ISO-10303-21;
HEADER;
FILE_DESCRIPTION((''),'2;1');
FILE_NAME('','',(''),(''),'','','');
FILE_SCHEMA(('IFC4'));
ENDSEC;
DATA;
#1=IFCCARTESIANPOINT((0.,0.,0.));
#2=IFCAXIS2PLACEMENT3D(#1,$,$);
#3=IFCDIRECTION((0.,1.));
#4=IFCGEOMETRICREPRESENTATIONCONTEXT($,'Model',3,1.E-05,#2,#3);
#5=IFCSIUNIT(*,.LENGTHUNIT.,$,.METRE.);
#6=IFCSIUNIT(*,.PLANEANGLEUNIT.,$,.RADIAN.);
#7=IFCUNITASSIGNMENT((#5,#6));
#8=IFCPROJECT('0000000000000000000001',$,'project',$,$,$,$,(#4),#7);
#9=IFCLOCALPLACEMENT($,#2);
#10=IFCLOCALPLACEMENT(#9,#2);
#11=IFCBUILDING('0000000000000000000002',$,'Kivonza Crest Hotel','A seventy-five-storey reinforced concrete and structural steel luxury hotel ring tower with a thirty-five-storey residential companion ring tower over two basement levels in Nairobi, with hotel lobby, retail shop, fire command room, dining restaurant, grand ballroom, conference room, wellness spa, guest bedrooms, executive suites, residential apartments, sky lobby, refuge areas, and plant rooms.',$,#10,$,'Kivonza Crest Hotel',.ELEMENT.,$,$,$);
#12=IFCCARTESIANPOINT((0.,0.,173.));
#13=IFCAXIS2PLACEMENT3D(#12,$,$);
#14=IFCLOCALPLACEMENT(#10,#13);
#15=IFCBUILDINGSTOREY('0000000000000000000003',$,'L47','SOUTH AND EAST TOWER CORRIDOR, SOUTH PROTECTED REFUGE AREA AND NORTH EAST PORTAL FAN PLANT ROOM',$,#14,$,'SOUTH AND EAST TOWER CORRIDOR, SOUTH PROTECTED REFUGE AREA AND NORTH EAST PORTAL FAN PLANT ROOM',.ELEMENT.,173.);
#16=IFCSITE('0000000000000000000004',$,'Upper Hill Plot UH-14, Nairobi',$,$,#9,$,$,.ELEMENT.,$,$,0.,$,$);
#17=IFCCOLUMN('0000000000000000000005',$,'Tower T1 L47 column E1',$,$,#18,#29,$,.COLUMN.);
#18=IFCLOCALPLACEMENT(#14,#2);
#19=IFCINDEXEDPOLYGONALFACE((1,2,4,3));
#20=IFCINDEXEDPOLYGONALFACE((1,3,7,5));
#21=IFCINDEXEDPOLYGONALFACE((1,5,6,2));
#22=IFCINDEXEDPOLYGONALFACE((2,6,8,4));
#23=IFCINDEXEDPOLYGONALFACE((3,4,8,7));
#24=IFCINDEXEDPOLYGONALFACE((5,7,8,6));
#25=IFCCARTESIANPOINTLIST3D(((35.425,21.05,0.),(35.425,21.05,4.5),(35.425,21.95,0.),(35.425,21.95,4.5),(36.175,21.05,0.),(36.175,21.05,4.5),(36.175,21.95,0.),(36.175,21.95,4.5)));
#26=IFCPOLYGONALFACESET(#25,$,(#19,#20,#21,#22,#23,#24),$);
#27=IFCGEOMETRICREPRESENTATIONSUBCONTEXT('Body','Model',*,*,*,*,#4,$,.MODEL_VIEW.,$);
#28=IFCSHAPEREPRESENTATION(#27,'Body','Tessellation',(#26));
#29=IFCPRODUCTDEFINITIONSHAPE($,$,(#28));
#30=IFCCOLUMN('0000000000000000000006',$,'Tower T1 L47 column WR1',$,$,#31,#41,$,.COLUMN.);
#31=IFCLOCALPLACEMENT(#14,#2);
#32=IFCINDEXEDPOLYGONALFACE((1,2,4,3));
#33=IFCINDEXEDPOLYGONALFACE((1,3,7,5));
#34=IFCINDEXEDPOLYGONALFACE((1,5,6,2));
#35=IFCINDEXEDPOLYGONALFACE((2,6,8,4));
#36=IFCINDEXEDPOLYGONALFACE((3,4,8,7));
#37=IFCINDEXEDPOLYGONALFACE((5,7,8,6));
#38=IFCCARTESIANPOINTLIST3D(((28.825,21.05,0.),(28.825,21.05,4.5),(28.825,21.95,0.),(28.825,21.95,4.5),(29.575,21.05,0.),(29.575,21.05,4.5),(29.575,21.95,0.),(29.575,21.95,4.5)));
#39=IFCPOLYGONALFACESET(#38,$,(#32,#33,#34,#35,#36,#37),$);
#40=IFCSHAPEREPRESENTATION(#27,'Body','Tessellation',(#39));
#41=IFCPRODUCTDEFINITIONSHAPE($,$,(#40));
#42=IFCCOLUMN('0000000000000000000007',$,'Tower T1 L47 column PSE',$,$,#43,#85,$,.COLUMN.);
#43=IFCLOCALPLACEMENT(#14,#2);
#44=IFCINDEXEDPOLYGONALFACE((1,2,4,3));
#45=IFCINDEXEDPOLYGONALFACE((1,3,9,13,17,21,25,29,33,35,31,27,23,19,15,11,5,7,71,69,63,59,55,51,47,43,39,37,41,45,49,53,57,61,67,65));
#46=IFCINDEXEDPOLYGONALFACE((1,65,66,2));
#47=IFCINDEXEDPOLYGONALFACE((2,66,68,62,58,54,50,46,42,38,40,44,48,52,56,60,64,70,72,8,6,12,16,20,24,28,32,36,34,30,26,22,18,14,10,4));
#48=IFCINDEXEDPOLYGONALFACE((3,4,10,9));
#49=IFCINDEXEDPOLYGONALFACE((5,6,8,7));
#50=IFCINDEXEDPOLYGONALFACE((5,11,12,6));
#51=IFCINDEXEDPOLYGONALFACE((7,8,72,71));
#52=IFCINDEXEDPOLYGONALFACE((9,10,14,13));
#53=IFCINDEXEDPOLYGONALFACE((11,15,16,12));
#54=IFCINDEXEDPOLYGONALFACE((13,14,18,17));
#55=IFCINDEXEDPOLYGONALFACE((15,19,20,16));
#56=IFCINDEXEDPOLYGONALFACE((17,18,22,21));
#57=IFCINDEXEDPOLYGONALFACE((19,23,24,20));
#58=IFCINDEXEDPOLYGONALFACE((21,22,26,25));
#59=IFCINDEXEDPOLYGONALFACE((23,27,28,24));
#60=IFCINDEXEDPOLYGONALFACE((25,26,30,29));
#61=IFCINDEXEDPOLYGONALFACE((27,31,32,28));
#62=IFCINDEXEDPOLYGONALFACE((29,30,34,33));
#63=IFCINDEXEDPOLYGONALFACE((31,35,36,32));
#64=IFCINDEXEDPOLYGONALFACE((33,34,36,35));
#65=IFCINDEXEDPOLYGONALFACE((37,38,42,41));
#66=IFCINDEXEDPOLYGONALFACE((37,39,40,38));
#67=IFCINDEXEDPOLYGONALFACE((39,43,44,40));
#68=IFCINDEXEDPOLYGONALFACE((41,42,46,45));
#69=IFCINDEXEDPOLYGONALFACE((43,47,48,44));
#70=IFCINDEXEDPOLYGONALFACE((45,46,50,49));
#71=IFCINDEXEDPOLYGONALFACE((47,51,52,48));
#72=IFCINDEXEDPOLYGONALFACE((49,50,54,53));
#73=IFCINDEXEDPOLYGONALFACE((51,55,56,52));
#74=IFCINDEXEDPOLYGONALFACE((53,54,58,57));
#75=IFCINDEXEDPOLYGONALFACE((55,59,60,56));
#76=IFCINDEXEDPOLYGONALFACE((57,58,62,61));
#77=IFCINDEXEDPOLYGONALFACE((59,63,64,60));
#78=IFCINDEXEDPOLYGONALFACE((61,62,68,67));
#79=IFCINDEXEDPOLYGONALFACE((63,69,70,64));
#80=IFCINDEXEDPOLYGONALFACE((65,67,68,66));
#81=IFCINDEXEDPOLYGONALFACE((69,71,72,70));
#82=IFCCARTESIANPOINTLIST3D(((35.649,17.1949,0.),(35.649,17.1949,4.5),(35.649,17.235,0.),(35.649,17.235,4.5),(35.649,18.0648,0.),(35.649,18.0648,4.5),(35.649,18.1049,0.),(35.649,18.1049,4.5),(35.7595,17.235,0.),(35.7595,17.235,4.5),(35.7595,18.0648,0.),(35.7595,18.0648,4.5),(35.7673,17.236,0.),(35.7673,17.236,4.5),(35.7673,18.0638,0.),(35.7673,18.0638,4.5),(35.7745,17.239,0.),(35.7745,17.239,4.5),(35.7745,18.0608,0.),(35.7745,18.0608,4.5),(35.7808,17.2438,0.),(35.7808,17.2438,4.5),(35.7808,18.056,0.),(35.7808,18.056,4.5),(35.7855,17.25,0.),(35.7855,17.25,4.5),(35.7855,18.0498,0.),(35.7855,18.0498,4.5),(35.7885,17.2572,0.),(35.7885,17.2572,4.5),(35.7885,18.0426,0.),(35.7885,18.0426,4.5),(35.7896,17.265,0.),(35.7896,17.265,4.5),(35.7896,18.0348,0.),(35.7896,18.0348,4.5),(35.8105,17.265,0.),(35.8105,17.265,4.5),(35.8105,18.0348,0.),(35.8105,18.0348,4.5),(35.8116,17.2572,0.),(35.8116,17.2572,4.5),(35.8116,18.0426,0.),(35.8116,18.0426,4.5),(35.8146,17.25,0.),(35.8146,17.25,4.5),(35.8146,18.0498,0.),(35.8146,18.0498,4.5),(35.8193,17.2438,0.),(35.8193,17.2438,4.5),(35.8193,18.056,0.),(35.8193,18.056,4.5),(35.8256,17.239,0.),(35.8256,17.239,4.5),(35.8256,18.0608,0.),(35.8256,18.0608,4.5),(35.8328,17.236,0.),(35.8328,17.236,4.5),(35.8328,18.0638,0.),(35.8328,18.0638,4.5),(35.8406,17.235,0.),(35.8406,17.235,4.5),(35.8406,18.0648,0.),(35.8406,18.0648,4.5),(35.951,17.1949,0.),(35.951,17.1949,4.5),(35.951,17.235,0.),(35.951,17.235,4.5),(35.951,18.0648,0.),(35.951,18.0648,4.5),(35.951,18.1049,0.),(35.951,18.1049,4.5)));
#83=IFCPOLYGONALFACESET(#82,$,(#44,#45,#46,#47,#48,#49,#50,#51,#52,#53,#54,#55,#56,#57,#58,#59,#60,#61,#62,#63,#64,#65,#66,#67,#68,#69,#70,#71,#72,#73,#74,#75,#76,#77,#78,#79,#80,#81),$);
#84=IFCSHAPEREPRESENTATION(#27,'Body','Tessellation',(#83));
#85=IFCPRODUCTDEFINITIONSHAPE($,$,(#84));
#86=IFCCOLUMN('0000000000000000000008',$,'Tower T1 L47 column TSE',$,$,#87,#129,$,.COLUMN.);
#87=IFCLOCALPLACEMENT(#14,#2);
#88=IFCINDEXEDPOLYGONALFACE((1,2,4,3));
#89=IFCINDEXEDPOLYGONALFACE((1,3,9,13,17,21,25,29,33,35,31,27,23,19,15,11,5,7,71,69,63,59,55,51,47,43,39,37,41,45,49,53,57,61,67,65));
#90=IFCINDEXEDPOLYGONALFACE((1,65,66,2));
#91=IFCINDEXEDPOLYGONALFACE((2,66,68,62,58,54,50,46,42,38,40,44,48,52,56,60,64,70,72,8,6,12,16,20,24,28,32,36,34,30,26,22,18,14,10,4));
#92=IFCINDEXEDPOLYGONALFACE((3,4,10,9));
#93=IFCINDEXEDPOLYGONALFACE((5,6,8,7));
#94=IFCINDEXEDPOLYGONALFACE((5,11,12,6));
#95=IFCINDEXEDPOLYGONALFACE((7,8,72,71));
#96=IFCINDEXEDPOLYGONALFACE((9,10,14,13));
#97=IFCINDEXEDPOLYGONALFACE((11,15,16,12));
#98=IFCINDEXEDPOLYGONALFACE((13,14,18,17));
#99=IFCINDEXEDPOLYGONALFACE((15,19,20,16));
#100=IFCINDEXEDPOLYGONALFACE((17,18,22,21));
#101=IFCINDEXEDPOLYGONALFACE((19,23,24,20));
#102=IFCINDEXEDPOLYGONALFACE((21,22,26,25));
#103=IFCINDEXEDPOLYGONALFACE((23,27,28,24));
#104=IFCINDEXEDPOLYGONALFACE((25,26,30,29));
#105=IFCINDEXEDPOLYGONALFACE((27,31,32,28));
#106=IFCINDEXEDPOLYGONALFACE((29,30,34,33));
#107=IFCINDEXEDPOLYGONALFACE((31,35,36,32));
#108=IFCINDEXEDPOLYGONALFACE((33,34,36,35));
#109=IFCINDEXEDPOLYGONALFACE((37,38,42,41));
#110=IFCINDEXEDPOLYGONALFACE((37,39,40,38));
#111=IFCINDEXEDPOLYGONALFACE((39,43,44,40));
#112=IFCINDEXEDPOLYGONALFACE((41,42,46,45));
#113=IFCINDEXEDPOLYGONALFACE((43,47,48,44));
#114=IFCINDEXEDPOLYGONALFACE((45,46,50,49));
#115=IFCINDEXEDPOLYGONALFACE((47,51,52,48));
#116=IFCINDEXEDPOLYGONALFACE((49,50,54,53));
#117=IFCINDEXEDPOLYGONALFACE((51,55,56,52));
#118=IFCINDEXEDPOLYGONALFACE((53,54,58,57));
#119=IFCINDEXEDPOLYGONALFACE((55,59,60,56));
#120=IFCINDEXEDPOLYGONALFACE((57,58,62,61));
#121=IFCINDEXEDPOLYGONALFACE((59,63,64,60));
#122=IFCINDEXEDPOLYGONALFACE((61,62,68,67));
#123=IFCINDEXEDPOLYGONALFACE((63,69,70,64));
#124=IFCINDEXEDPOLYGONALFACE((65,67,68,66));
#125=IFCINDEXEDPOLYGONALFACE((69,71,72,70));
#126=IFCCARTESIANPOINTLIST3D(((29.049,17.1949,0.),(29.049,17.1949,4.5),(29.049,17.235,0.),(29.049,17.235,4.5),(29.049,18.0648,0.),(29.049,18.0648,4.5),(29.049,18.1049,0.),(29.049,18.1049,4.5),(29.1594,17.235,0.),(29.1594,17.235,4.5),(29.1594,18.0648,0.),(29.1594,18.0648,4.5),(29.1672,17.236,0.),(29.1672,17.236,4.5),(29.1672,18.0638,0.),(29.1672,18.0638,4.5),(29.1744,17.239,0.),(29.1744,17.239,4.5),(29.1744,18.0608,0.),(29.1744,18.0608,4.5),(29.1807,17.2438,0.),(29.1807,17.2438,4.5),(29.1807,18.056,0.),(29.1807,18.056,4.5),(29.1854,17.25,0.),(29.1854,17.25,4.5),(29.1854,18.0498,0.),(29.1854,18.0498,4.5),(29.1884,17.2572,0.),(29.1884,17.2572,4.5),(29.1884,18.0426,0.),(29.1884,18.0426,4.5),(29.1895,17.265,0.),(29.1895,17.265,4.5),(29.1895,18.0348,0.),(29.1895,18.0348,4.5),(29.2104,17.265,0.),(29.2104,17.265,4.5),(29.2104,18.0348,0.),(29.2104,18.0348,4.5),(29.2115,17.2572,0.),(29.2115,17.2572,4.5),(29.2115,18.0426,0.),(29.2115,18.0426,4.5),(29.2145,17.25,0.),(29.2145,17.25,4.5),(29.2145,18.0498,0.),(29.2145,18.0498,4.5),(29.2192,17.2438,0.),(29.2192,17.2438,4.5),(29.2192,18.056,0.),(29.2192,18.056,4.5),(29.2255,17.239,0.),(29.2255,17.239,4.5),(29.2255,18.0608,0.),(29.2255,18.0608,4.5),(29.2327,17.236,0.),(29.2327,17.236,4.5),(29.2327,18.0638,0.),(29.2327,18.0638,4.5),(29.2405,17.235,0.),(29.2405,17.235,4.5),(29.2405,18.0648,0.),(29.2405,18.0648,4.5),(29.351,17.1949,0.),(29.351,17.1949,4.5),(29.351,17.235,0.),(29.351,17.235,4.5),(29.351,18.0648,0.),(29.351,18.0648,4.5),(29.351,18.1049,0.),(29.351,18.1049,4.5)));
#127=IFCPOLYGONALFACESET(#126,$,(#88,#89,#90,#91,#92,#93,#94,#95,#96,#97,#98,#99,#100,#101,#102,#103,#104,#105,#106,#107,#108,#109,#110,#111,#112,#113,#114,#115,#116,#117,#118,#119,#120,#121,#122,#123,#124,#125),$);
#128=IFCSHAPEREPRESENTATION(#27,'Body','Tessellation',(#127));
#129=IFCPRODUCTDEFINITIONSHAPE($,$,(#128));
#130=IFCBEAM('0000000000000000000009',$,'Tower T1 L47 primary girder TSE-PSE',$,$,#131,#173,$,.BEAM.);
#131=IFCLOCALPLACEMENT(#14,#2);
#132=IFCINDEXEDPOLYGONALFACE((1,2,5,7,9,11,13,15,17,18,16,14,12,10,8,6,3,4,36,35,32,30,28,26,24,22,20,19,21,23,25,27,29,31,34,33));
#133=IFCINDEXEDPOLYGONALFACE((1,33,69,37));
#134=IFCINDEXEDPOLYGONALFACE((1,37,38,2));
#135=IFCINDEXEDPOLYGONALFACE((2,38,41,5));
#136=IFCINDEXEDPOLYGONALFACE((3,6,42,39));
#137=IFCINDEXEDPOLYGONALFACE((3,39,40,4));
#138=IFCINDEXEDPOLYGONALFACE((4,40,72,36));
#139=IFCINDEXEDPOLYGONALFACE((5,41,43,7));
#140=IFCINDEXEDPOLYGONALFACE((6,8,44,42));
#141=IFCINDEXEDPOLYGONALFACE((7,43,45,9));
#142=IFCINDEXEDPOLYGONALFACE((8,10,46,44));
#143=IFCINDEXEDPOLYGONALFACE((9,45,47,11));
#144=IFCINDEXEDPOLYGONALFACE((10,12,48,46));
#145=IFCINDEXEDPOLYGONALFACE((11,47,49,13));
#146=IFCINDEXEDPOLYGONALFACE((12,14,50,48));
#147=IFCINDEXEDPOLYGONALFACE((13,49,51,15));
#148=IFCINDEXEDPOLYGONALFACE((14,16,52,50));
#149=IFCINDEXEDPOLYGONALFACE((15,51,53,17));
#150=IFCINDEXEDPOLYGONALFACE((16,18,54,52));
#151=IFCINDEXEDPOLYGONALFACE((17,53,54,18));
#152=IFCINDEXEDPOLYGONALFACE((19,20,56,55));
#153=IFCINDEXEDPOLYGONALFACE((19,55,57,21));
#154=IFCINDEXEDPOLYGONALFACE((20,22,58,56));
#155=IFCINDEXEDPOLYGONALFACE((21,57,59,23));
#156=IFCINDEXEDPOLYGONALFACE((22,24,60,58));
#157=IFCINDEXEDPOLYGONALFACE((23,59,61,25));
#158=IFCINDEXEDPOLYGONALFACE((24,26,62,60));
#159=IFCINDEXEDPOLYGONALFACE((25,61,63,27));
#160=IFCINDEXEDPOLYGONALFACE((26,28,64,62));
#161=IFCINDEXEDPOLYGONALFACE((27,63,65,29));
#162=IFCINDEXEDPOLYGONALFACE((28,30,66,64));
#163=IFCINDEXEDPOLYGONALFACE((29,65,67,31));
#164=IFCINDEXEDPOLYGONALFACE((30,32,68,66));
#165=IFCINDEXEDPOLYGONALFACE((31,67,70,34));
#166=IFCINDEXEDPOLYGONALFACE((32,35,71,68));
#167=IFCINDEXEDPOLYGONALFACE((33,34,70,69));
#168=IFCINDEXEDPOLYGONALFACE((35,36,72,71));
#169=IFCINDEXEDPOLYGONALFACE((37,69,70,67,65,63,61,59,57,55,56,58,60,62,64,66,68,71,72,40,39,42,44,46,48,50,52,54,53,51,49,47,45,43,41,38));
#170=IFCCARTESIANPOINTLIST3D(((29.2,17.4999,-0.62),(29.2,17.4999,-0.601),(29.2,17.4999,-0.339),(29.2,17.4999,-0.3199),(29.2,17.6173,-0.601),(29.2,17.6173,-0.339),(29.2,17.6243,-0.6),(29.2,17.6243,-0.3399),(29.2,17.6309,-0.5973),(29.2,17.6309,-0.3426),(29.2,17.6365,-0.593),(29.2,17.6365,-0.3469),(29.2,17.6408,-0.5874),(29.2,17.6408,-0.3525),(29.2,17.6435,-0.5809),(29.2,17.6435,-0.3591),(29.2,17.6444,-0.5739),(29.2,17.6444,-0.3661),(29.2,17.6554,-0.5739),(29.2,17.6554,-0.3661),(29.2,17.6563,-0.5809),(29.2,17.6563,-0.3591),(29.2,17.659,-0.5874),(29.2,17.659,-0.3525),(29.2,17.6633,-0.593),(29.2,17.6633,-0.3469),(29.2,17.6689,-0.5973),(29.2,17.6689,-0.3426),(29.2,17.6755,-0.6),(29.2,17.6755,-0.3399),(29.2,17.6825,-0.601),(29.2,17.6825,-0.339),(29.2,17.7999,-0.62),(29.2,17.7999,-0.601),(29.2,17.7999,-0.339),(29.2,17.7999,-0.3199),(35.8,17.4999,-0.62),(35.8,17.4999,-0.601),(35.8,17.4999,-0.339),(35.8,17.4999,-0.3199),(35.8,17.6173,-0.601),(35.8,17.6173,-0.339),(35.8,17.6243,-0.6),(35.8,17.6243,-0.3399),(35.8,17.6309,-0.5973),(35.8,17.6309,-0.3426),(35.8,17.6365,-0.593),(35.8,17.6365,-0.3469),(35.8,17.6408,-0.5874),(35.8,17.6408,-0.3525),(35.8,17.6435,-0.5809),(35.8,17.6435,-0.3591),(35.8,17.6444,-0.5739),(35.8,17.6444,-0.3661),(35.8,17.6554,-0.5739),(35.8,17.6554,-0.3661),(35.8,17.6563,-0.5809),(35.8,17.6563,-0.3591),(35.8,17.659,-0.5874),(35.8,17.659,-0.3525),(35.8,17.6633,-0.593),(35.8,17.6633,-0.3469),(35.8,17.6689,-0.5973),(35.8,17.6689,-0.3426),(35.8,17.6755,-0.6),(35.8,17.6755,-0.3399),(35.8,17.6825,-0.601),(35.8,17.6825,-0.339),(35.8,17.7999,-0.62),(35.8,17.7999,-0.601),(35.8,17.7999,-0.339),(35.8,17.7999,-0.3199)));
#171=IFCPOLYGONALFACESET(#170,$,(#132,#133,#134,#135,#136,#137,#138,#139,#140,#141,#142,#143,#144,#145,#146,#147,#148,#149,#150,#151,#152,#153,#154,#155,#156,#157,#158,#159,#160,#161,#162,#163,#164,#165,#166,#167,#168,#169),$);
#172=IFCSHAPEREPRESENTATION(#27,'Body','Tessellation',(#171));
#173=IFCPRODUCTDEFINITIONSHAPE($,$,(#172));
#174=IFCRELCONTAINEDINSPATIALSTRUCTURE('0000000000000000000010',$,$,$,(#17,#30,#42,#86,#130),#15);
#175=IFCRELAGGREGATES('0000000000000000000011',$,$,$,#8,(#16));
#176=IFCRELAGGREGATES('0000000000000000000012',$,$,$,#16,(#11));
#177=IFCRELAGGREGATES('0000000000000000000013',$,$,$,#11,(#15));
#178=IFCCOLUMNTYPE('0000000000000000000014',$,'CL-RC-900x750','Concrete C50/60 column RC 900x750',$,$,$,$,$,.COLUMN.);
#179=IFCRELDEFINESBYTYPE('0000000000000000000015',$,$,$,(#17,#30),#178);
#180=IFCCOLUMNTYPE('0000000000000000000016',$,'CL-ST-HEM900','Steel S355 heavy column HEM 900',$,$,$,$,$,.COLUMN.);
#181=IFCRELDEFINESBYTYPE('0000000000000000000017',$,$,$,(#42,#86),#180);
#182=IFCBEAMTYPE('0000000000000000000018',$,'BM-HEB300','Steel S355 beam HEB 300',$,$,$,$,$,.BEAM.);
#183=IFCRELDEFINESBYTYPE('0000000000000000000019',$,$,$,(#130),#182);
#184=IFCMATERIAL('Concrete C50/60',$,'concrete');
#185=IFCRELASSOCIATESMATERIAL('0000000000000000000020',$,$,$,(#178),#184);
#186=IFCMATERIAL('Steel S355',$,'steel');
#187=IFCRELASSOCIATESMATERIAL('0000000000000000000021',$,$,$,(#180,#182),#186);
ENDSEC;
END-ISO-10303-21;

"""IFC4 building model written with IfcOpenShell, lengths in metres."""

from ifc_helpers import new_model, si_unit, direction, frame, origin, origin_2d, place, context, subcontext, project, spatial, rectangle, i_section, extrude, material, material_profile, profile_set, type_object, element, save


model = new_model("IFC4")

# Units and contexts
model_context = context("Model", 3, precision=1e-05, world=origin(), true_north=direction((0.0, 1.0)))
body_context = subcontext(model_context, "Body", "Model", "MODEL_VIEW")
ifc_project = project(units=[si_unit("LENGTHUNIT", "METRE"), si_unit("PLANEANGLEUNIT", "RADIAN")], contexts=[model_context])

# Site, building, storey
site_placement = place(None, origin())
site = spatial("IfcSite", under=ifc_project, at=site_placement, Name="Upper Hill Plot UH-14, Nairobi", CompositionType="ELEMENT", RefElevation=0.0)
building_placement = place(site_placement, origin())
building = spatial("IfcBuilding", under=site, at=building_placement, Name="Kivonza Crest Hotel", Description="A seventy-five-storey reinforced concrete and structural steel luxury hotel ring tower with a thirty-five-storey residential companion ring tower over two basement levels in Nairobi, with hotel lobby, retail shop, fire command room, dining restaurant, grand ballroom, conference room, wellness spa, guest bedrooms, executive suites, residential apartments, sky lobby, refuge areas, and plant rooms.", LongName="Kivonza Crest Hotel", CompositionType="ELEMENT")
storey_placement = place(building_placement, frame((0.0, 0.0, 173.0)))
storey = spatial("IfcBuildingStorey", under=building, at=storey_placement, Name="L47", Description="SOUTH AND EAST TOWER CORRIDOR, SOUTH PROTECTED REFUGE AREA AND NORTH EAST PORTAL FAN PLANT ROOM", LongName="SOUTH AND EAST TOWER CORRIDOR, SOUTH PROTECTED REFUGE AREA AND NORTH EAST PORTAL FAN PLANT ROOM", CompositionType="ELEMENT", Elevation=173.0)

# Columns
ifc_material_1 = material(Name="Concrete C50/60", Category="concrete")
ifc_material_profile_1 = material_profile(ifc_material_1, rectangle(XDim=0.75, YDim=0.8999, at=origin_2d()), Name="RC 900x750")
ifc_profile_set_1 = profile_set([ifc_material_profile_1], Name="Concrete C50/60")
column_type_1 = type_object("IfcColumnType", Name="CL-RC-900x750", Description="Concrete C50/60 column RC 900x750", PredefinedType="COLUMN", material=ifc_profile_set_1)
for number, where, z_axis, x_axis, name in (
    (1, (35.8, 21.5, 0.0), (0.0, 0.0, 1.0), (1.0, 0.0, 0.0), "Tower T1 L47 column E1"),
    (2, (29.2, 21.5, 0.0), (0.0, 0.0, 1.0), (1.0, 0.0, 0.0), "Tower T1 L47 column WR1"),
):
    element("IfcColumn", number, at=place(storey_placement, frame(where, z_axis=z_axis, x_axis=x_axis)), inside=storey, type_object=column_type_1, Name=name, PredefinedType="COLUMN", context=body_context, shape_type="SweptSolid", body=[
        extrude(rectangle(XDim=0.75, YDim=0.8999, at=origin_2d()), origin(), (0.0, 0.0, 1.0), 4.5),
    ])
ifc_material_2 = material(Name="Steel S355", Category="steel")
ifc_material_profile_2 = material_profile(ifc_material_2, i_section(OverallWidth=0.302, OverallDepth=0.9099, WebThickness=0.021, FlangeThickness=0.04, FilletRadius=0.03, at=origin_2d()), Name="HEM 900")
ifc_profile_set_2 = profile_set([ifc_material_profile_2], Name="Steel S355")
column_type_2 = type_object("IfcColumnType", Name="CL-ST-HEM900", Description="Steel S355 heavy column HEM 900", PredefinedType="COLUMN", material=ifc_profile_set_2)
for number, where, z_axis, x_axis, name in (
    (3, (35.8, 17.6499, 0.0), (0.0, 0.0, 1.0), (1.0, 0.0, 0.0), "Tower T1 L47 column PSE"),
    (4, (29.2, 17.6499, 0.0), (0.0, 0.0, 1.0), (1.0, 0.0, 0.0), "Tower T1 L47 column TSE"),
):
    element("IfcColumn", number, at=place(storey_placement, frame(where, z_axis=z_axis, x_axis=x_axis)), inside=storey, type_object=column_type_2, Name=name, PredefinedType="COLUMN", context=body_context, shape_type="SweptSolid", body=[
        extrude(i_section(OverallWidth=0.302, OverallDepth=0.9099, WebThickness=0.021, FlangeThickness=0.04, FilletRadius=0.03, at=origin_2d()), origin(), (0.0, 0.0, 1.0), 4.5),
    ])

# Beam
ifc_material_profile_3 = material_profile(ifc_material_2, i_section(OverallWidth=0.3, OverallDepth=0.3, WebThickness=0.011, FlangeThickness=0.019, FilletRadius=0.0271, at=origin_2d()), Name="HEB 300")
ifc_profile_set_3 = profile_set([ifc_material_profile_3], Name="Steel S355")
beam_type_1 = type_object("IfcBeamType", Name="BM-HEB300", Description="Steel S355 beam HEB 300", PredefinedType="BEAM", material=ifc_profile_set_3)
beam_1_placement = place(storey_placement, frame((29.2, 17.6499, -0.47), z_axis=(1.0, 0.0, 0.0), x_axis=(0.0, 1.0, 0.0)))
element("IfcBeam", 5, at=beam_1_placement, inside=storey, type_object=beam_type_1, Name="Tower T1 L47 primary girder TSE-PSE", PredefinedType="BEAM", context=body_context, shape_type="SweptSolid", body=[
    extrude(i_section(OverallWidth=0.3, OverallDepth=0.3, WebThickness=0.011, FlangeThickness=0.019, FilletRadius=0.0271, at=origin_2d()), origin(), (0.0, 0.0, 1.0), 6.6001),
])

save(model, "model.ifc")
